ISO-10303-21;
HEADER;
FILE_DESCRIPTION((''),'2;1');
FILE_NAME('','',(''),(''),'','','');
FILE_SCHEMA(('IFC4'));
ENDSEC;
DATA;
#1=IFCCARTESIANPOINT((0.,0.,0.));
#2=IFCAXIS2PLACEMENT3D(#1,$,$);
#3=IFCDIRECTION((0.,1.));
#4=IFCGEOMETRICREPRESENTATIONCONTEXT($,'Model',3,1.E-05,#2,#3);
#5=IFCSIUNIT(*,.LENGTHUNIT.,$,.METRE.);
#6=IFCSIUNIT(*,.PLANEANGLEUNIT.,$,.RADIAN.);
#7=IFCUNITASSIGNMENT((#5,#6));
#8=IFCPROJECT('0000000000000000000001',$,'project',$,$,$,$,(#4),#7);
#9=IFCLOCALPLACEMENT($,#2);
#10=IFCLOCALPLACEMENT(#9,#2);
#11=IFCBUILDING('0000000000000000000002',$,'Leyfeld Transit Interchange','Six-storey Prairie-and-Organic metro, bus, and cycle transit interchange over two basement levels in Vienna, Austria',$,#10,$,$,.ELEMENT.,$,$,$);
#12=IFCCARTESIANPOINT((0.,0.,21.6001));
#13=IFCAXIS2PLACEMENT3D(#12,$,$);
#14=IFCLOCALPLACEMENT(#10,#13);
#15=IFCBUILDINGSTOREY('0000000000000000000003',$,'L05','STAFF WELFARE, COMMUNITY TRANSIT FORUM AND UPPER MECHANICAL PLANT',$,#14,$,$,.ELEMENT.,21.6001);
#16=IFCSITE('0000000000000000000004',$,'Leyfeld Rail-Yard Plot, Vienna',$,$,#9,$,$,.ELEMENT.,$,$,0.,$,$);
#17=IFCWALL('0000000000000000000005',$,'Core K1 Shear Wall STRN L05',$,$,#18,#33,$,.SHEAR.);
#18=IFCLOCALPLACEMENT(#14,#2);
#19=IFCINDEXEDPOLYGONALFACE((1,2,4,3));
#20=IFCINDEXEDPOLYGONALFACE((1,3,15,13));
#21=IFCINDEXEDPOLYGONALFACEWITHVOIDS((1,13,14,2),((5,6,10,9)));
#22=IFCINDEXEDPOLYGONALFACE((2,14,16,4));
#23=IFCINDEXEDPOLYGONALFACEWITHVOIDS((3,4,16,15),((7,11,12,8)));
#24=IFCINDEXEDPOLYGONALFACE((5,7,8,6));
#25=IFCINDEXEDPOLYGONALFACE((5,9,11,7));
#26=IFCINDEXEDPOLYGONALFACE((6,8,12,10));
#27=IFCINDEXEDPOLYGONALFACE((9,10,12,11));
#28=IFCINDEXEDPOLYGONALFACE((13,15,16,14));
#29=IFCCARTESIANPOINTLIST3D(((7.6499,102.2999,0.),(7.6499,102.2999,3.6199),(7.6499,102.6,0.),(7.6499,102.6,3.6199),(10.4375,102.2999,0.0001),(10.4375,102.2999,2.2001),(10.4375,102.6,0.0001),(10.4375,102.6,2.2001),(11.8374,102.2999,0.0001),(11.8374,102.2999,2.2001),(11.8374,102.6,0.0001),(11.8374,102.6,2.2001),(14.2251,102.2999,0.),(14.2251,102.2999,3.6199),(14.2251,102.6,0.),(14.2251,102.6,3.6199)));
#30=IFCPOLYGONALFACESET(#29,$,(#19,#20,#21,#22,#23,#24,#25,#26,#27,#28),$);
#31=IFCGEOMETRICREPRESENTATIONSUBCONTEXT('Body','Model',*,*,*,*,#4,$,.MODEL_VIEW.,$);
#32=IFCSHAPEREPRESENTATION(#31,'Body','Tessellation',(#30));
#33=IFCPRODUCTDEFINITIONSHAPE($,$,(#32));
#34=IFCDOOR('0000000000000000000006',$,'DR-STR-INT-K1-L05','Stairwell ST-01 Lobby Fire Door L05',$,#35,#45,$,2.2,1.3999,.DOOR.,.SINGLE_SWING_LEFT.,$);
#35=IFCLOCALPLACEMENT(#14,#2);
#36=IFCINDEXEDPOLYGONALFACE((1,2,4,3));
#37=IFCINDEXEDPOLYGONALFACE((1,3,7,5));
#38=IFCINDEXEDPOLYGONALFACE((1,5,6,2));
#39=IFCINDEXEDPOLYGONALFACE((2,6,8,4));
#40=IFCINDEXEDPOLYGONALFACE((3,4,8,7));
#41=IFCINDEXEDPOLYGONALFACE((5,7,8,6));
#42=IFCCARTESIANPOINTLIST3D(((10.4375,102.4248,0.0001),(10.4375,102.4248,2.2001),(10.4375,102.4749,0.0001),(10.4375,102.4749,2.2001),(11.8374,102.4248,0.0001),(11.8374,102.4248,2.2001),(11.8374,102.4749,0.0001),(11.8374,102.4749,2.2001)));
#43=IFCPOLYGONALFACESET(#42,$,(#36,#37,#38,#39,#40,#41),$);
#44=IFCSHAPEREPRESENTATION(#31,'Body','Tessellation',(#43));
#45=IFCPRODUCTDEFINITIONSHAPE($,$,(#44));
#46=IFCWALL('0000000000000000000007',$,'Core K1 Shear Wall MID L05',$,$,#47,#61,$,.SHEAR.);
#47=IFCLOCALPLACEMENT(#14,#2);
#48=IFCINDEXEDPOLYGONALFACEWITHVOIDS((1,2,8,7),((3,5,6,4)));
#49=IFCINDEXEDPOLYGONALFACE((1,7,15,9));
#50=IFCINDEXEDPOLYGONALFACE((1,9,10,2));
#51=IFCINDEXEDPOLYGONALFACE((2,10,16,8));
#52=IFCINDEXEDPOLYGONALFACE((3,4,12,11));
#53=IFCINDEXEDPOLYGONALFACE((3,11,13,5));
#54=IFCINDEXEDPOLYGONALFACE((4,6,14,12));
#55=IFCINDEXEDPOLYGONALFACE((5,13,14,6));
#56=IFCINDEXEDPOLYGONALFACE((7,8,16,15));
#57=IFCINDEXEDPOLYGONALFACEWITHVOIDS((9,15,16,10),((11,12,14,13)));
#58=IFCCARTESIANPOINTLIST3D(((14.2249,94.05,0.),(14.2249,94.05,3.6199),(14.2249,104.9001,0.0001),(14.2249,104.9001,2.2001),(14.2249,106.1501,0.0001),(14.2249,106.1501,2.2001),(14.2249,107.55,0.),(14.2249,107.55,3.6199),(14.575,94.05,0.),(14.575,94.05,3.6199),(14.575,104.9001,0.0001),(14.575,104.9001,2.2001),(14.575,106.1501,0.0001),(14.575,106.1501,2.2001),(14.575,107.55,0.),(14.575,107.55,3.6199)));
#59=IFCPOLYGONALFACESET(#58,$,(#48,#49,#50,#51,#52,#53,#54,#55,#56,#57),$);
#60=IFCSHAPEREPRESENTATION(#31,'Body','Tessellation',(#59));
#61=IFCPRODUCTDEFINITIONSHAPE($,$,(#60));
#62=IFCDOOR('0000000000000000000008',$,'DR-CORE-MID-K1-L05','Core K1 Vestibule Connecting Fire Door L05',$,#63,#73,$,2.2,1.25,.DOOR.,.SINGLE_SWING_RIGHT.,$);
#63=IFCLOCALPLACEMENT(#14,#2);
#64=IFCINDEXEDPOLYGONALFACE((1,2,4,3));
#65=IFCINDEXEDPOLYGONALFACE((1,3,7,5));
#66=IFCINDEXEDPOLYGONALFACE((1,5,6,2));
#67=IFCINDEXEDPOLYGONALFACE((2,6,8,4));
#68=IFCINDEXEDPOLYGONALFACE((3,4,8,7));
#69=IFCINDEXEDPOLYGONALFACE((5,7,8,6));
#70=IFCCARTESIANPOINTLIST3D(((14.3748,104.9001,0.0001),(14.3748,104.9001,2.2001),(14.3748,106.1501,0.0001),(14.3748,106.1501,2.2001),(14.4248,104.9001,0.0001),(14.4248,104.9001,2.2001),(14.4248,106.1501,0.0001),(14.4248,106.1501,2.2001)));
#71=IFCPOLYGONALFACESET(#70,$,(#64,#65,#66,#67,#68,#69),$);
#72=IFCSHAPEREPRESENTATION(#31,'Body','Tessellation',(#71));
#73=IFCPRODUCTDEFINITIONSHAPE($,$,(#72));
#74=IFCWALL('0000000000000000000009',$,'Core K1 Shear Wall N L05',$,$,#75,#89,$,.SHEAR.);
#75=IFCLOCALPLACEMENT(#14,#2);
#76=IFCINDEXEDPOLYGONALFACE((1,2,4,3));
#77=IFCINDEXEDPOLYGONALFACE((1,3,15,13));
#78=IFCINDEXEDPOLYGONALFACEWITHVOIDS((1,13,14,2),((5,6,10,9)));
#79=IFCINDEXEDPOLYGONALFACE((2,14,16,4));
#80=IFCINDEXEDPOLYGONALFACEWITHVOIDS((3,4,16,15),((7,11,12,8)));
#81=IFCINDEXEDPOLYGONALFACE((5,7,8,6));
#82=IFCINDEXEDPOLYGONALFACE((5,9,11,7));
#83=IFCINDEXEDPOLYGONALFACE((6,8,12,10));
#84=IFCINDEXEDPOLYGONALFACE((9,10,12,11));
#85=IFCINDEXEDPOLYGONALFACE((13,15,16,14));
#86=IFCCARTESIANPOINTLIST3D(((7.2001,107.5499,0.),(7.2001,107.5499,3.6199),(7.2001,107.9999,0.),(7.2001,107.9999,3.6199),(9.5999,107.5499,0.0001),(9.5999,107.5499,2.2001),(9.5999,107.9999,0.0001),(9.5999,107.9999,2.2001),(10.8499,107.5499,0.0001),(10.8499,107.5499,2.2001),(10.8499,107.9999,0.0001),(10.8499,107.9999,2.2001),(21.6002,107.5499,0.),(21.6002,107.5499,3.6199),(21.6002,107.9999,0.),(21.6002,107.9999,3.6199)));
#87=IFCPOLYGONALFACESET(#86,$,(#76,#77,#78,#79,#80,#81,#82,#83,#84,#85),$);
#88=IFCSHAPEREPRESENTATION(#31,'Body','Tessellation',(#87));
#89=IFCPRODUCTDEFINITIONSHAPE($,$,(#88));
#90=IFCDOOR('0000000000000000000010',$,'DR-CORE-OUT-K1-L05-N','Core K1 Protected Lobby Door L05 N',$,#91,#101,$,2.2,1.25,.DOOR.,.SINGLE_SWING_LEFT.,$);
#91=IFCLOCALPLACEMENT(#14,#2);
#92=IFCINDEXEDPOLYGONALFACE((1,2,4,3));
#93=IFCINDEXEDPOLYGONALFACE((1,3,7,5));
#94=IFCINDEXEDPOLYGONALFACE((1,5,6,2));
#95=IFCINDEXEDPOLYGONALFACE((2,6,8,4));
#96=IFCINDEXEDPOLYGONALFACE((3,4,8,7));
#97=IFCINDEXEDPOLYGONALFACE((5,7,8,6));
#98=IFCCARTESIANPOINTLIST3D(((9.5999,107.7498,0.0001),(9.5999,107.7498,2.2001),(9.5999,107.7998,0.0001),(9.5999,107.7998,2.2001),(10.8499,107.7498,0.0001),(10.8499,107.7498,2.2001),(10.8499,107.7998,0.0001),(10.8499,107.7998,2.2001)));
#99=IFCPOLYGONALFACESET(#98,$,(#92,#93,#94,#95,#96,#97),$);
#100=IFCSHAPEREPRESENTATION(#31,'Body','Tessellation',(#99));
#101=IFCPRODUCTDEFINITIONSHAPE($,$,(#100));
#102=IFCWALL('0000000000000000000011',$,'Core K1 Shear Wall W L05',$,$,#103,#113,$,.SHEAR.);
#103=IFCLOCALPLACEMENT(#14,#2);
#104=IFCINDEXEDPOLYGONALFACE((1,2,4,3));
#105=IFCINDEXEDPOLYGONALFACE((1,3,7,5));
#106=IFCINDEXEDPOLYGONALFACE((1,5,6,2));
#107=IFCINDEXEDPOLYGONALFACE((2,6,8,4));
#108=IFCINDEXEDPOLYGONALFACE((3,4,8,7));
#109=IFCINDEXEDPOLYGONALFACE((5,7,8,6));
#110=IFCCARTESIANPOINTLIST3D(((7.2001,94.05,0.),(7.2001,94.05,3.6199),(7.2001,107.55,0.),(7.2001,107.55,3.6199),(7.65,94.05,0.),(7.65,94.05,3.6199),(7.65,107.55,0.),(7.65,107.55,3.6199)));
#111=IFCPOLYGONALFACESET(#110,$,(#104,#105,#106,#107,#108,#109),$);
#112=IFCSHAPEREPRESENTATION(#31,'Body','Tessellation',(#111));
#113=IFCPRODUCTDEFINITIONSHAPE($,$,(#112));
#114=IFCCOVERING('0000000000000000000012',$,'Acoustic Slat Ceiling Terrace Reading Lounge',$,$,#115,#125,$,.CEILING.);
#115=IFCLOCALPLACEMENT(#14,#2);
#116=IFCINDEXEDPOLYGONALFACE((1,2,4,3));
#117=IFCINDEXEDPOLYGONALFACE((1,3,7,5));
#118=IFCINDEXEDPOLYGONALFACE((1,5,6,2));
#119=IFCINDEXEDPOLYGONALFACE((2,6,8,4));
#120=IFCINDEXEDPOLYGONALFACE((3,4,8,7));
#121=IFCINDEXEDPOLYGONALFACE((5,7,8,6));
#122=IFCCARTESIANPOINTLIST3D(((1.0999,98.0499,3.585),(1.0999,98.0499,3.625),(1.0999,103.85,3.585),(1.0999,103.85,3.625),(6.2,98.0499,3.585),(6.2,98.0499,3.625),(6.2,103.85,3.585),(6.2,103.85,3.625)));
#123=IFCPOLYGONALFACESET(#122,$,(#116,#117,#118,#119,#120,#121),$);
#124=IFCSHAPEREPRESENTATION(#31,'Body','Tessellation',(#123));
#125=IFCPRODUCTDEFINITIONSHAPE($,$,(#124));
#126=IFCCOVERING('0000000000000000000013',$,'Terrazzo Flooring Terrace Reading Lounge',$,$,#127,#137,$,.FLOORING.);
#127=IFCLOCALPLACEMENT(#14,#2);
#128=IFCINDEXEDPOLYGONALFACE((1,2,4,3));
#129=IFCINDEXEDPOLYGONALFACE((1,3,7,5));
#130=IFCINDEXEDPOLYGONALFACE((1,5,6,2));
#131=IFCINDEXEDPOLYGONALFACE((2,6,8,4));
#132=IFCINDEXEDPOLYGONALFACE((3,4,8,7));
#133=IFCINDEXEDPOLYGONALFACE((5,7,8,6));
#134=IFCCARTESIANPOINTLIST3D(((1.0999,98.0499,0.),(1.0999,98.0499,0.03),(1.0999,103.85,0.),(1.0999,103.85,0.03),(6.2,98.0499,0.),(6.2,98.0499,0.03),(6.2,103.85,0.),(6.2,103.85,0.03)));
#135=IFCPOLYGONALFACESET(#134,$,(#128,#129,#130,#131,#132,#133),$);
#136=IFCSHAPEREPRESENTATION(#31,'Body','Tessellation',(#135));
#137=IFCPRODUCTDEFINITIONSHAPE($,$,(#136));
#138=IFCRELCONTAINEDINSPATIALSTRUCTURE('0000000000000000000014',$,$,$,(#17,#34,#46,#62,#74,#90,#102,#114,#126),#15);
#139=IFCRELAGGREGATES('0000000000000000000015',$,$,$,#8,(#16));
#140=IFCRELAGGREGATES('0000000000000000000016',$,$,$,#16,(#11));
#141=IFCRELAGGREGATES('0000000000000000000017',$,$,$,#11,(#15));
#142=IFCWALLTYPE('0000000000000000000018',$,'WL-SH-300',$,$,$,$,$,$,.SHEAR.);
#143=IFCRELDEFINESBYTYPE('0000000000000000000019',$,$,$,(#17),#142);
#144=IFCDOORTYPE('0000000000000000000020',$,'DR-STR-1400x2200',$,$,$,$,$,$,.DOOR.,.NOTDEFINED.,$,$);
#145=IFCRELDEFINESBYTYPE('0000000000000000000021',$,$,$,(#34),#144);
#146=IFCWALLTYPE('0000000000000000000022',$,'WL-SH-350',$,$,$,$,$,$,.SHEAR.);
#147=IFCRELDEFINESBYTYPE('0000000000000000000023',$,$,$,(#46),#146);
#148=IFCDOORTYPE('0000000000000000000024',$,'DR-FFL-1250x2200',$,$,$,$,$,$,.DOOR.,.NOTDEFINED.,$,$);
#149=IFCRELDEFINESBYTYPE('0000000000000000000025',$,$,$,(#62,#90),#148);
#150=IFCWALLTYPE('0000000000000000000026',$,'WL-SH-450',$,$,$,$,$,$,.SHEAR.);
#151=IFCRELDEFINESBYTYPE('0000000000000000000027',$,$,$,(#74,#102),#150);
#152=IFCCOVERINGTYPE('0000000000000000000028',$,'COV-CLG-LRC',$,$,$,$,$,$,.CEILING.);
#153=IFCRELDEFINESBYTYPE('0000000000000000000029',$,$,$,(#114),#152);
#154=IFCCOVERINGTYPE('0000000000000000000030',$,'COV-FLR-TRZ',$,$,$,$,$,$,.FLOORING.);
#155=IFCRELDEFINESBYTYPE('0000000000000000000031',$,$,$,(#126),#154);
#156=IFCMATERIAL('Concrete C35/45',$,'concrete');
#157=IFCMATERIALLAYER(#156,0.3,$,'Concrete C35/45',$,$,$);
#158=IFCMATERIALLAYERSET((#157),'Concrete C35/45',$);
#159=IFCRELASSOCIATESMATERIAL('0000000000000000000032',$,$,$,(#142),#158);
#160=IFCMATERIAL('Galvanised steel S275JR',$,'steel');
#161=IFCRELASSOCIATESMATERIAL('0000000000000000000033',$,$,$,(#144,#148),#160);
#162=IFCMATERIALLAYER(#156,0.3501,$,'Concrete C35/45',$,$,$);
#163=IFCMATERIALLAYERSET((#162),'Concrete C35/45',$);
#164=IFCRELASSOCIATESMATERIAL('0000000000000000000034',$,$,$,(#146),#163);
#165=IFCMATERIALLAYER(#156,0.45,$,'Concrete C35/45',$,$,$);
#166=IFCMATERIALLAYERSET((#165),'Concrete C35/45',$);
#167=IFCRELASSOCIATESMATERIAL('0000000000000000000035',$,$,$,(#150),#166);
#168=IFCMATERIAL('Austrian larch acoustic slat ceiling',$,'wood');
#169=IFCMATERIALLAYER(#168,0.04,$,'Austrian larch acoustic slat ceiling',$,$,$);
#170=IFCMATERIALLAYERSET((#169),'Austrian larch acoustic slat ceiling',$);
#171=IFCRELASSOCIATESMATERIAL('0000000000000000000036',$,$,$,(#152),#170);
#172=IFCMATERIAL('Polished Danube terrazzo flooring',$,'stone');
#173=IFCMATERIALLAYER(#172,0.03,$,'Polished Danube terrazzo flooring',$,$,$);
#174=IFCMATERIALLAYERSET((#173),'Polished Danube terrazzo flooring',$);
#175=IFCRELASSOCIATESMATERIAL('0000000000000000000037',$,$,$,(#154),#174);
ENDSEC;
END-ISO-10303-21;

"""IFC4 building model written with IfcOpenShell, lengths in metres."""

from ifc_helpers import new_model, si_unit, direction, frame, frame_2d, origin, origin_2d, place, context, subcontext, project, spatial, rectangle, extrude, material, layer, layer_set, type_object, element, fill, save


model = new_model("IFC4")

# Units and contexts
model_context = context("Model", 3, precision=1e-05, world=origin(), true_north=direction((0.0, 1.0)))
body_context = subcontext(model_context, "Body", "Model", "MODEL_VIEW")
ifc_project = project(units=[si_unit("LENGTHUNIT", "METRE"), si_unit("PLANEANGLEUNIT", "RADIAN")], contexts=[model_context])

# Site, building, storey
site_placement = place(None, origin())
site = spatial("IfcSite", under=ifc_project, at=site_placement, Name="Leyfeld Rail-Yard Plot, Vienna", CompositionType="ELEMENT", RefElevation=0.0)
building_placement = place(site_placement, origin())
building = spatial("IfcBuilding", under=site, at=building_placement, Name="Leyfeld Transit Interchange", Description="Six-storey Prairie-and-Organic metro, bus, and cycle transit interchange over two basement levels in Vienna, Austria", CompositionType="ELEMENT")
storey_placement = place(building_placement, frame((0.0, 0.0, 21.6001)))
storey = spatial("IfcBuildingStorey", under=building, at=storey_placement, Name="L05", Description="STAFF WELFARE, COMMUNITY TRANSIT FORUM AND UPPER MECHANICAL PLANT", CompositionType="ELEMENT", Elevation=21.6001)

# Shared definitions
ifc_material_1 = material(Name="Concrete C35/45", Category="concrete")

# Walls, openings, doors
ifc_layer_1 = layer(ifc_material_1, 0.3, Name="Concrete C35/45")
ifc_layer_set_1 = layer_set([ifc_layer_1], Name="Concrete C35/45")
wall_type_1 = type_object("IfcWallType", Name="WL-SH-300", PredefinedType="SHEAR", material=ifc_layer_set_1)
wall_1_placement = place(storey_placement, frame((7.6499, 102.45, 0.0), z_axis=(0.0, 0.0, 1.0), x_axis=(1.0, 0.0, 0.0)))
wall_1 = element("IfcWall", 1, at=wall_1_placement, inside=storey, type_object=wall_type_1, Name="Core K1 Shear Wall STRN L05", PredefinedType="SHEAR", context=body_context, shape_type="SweptSolid", body=[
    extrude(rectangle(XDim=6.5752, YDim=0.3, at=frame_2d((3.2876, 0.0))), origin(), (0.0, 0.0, 1.0), 3.6199),
])
opening_1_placement = place(wall_1_placement, frame((2.7876, 0.0, 0.0)))
opening_1 = element("IfcOpeningElement", 2, at=opening_1_placement, cuts=wall_1, PredefinedType="OPENING", context=body_context, shape_type="SweptSolid", body=[
    extrude(rectangle(XDim=1.3999, YDim=2.2, at=frame_2d((0.7, 1.1001))), frame((0.0, 0.1599, 0.0), z_axis=(0.0, -1.0, 0.0), x_axis=(1.0, 0.0, 0.0)), (0.0, 0.0, 1.0), 0.3201),
])
ifc_material_2 = material(Name="Galvanised steel S275JR", Category="steel")
door_type_1 = type_object("IfcDoorType", Name="DR-STR-1400x2200", OperationType="NOTDEFINED", PredefinedType="DOOR", material=ifc_material_2)
door_1_placement = place(opening_1_placement, origin())
door_1 = element("IfcDoor", 3, at=door_1_placement, inside=storey, type_object=door_type_1, Name="DR-STR-INT-K1-L05", Description="Stairwell ST-01 Lobby Fire Door L05", OperationType="SINGLE_SWING_LEFT", OverallHeight=2.2, OverallWidth=1.3999, PredefinedType="DOOR", context=body_context, shape_type="SweptSolid", body=[
    extrude(rectangle(XDim=1.3999, YDim=2.2, at=frame_2d((0.7, 1.1001))), frame((0.0, 0.0249, 0.0), z_axis=(0.0, -1.0, 0.0), x_axis=(1.0, 0.0, 0.0)), (0.0, 0.0, 1.0), 0.05),
])
fill(opening_1, door_1)
ifc_layer_2 = layer(ifc_material_1, 0.3501, Name="Concrete C35/45")
ifc_layer_set_2 = layer_set([ifc_layer_2], Name="Concrete C35/45")
wall_type_2 = type_object("IfcWallType", Name="WL-SH-350", PredefinedType="SHEAR", material=ifc_layer_set_2)
wall_2_placement = place(storey_placement, frame((14.3999, 107.55, 0.0), z_axis=(0.0, 0.0, 1.0), x_axis=(0.0, -1.0, 0.0)))
wall_2 = element("IfcWall", 4, at=wall_2_placement, inside=storey, type_object=wall_type_2, Name="Core K1 Shear Wall MID L05", PredefinedType="SHEAR", context=body_context, shape_type="SweptSolid", body=[
    extrude(rectangle(XDim=13.5, YDim=0.3501, at=frame_2d((6.75, 0.0))), origin(), (0.0, 0.0, 1.0), 3.6199),
])
opening_2_placement = place(wall_2_placement, frame((1.3999, 0.0, 0.0)))
opening_2 = element("IfcOpeningElement", 5, at=opening_2_placement, cuts=wall_2, PredefinedType="OPENING", context=body_context, shape_type="SweptSolid", body=[
    extrude(rectangle(XDim=1.25, YDim=2.2, at=frame_2d((0.625, 1.1001))), frame((0.0, 0.1851, 0.0), z_axis=(0.0, -1.0, 0.0), x_axis=(1.0, 0.0, 0.0)), (0.0, 0.0, 1.0), 0.3701),
])
door_type_2 = type_object("IfcDoorType", Name="DR-FFL-1250x2200", OperationType="NOTDEFINED", PredefinedType="DOOR", material=ifc_material_2)
door_2_placement = place(opening_2_placement, origin())
door_2 = element("IfcDoor", 6, at=door_2_placement, inside=storey, type_object=door_type_2, Name="DR-CORE-MID-K1-L05", Description="Core K1 Vestibule Connecting Fire Door L05", OperationType="SINGLE_SWING_RIGHT", OverallHeight=2.2, OverallWidth=1.25, PredefinedType="DOOR", context=body_context, shape_type="SweptSolid", body=[
    extrude(rectangle(XDim=1.25, YDim=2.2, at=frame_2d((0.625, 1.1001))), frame((0.0, 0.0249, 0.0), z_axis=(0.0, -1.0, 0.0), x_axis=(1.0, 0.0, 0.0)), (0.0, 0.0, 1.0), 0.05),
])
fill(opening_2, door_2)
ifc_layer_3 = layer(ifc_material_1, 0.45, Name="Concrete C35/45")
ifc_layer_set_3 = layer_set([ifc_layer_3], Name="Concrete C35/45")
wall_type_3 = type_object("IfcWallType", Name="WL-SH-450", PredefinedType="SHEAR", material=ifc_layer_set_3)
wall_3_placement = place(storey_placement, frame((7.2, 107.7749, 0.0), z_axis=(0.0, 0.0, 1.0), x_axis=(1.0, 0.0, 0.0)))
wall_3 = element("IfcWall", 7, at=wall_3_placement, inside=storey, type_object=wall_type_3, Name="Core K1 Shear Wall N L05", PredefinedType="SHEAR", context=body_context, shape_type="SweptSolid", body=[
    extrude(rectangle(XDim=14.4001, YDim=0.45, at=frame_2d((7.2002, 0.0))), origin(), (0.0, 0.0, 1.0), 3.6199),
])
opening_3_placement = place(wall_3_placement, frame((2.3999, 0.0, 0.0)))
opening_3 = element("IfcOpeningElement", 8, at=opening_3_placement, cuts=wall_3, PredefinedType="OPENING", context=body_context, shape_type="SweptSolid", body=[
    extrude(rectangle(XDim=1.25, YDim=2.2, at=frame_2d((0.625, 1.1001))), frame((0.0, 0.2349, 0.0), z_axis=(0.0, -1.0, 0.0), x_axis=(1.0, 0.0, 0.0)), (0.0, 0.0, 1.0), 0.47),
])
door_3_placement = place(opening_3_placement, origin())
door_3 = element("IfcDoor", 9, at=door_3_placement, inside=storey, type_object=door_type_2, Name="DR-CORE-OUT-K1-L05-N", Description="Core K1 Protected Lobby Door L05 N", OperationType="SINGLE_SWING_LEFT", OverallHeight=2.2, OverallWidth=1.25, PredefinedType="DOOR", context=body_context, shape_type="SweptSolid", body=[
    extrude(rectangle(XDim=1.25, YDim=2.2, at=frame_2d((0.625, 1.1001))), frame((0.0, 0.0249, 0.0), z_axis=(0.0, -1.0, 0.0), x_axis=(1.0, 0.0, 0.0)), (0.0, 0.0, 1.0), 0.05),
])
fill(opening_3, door_3)

# Wall
wall_4_placement = place(storey_placement, frame((7.425, 94.05, 0.0), z_axis=(0.0, 0.0, 1.0), x_axis=(0.0, 1.0, 0.0)))
element("IfcWall", 10, at=wall_4_placement, inside=storey, type_object=wall_type_3, Name="Core K1 Shear Wall W L05", PredefinedType="SHEAR", context=body_context, shape_type="SweptSolid", body=[
    extrude(rectangle(XDim=13.5, YDim=0.45, at=frame_2d((6.75, 0.0))), origin(), (0.0, 0.0, 1.0), 3.6199),
])

# Coverings
ifc_material_3 = material(Name="Austrian larch acoustic slat ceiling", Category="wood")
ifc_layer_4 = layer(ifc_material_3, 0.04, Name="Austrian larch acoustic slat ceiling")
ifc_layer_set_4 = layer_set([ifc_layer_4], Name="Austrian larch acoustic slat ceiling")
covering_type_1 = type_object("IfcCoveringType", Name="COV-CLG-LRC", PredefinedType="CEILING", material=ifc_layer_set_4)
covering_1_placement = place(storey_placement, frame((3.6499, 100.95, 3.585), z_axis=(0.0, 0.0, 1.0), x_axis=(1.0, 0.0, 0.0)))
element("IfcCovering", 11, at=covering_1_placement, inside=storey, type_object=covering_type_1, Name="Acoustic Slat Ceiling Terrace Reading Lounge", PredefinedType="CEILING", context=body_context, shape_type="SweptSolid", body=[
    extrude(rectangle(XDim=5.1001, YDim=5.8, at=origin_2d()), origin(), (0.0, 0.0, 1.0), 0.04),
])
ifc_material_4 = material(Name="Polished Danube terrazzo flooring", Category="stone")
ifc_layer_5 = layer(ifc_material_4, 0.03, Name="Polished Danube terrazzo flooring")
ifc_layer_set_5 = layer_set([ifc_layer_5], Name="Polished Danube terrazzo flooring")
covering_type_2 = type_object("IfcCoveringType", Name="COV-FLR-TRZ", PredefinedType="FLOORING", material=ifc_layer_set_5)
covering_2_placement = place(storey_placement, frame((3.6499, 100.95, 0.0), z_axis=(0.0, 0.0, 1.0), x_axis=(1.0, 0.0, 0.0)))
element("IfcCovering", 12, at=covering_2_placement, inside=storey, type_object=covering_type_2, Name="Terrazzo Flooring Terrace Reading Lounge", PredefinedType="FLOORING", context=body_context, shape_type="SweptSolid", body=[
    extrude(rectangle(XDim=5.1001, YDim=5.8, at=origin_2d()), origin(), (0.0, 0.0, 1.0), 0.03),
])

save(model, "model.ifc")
